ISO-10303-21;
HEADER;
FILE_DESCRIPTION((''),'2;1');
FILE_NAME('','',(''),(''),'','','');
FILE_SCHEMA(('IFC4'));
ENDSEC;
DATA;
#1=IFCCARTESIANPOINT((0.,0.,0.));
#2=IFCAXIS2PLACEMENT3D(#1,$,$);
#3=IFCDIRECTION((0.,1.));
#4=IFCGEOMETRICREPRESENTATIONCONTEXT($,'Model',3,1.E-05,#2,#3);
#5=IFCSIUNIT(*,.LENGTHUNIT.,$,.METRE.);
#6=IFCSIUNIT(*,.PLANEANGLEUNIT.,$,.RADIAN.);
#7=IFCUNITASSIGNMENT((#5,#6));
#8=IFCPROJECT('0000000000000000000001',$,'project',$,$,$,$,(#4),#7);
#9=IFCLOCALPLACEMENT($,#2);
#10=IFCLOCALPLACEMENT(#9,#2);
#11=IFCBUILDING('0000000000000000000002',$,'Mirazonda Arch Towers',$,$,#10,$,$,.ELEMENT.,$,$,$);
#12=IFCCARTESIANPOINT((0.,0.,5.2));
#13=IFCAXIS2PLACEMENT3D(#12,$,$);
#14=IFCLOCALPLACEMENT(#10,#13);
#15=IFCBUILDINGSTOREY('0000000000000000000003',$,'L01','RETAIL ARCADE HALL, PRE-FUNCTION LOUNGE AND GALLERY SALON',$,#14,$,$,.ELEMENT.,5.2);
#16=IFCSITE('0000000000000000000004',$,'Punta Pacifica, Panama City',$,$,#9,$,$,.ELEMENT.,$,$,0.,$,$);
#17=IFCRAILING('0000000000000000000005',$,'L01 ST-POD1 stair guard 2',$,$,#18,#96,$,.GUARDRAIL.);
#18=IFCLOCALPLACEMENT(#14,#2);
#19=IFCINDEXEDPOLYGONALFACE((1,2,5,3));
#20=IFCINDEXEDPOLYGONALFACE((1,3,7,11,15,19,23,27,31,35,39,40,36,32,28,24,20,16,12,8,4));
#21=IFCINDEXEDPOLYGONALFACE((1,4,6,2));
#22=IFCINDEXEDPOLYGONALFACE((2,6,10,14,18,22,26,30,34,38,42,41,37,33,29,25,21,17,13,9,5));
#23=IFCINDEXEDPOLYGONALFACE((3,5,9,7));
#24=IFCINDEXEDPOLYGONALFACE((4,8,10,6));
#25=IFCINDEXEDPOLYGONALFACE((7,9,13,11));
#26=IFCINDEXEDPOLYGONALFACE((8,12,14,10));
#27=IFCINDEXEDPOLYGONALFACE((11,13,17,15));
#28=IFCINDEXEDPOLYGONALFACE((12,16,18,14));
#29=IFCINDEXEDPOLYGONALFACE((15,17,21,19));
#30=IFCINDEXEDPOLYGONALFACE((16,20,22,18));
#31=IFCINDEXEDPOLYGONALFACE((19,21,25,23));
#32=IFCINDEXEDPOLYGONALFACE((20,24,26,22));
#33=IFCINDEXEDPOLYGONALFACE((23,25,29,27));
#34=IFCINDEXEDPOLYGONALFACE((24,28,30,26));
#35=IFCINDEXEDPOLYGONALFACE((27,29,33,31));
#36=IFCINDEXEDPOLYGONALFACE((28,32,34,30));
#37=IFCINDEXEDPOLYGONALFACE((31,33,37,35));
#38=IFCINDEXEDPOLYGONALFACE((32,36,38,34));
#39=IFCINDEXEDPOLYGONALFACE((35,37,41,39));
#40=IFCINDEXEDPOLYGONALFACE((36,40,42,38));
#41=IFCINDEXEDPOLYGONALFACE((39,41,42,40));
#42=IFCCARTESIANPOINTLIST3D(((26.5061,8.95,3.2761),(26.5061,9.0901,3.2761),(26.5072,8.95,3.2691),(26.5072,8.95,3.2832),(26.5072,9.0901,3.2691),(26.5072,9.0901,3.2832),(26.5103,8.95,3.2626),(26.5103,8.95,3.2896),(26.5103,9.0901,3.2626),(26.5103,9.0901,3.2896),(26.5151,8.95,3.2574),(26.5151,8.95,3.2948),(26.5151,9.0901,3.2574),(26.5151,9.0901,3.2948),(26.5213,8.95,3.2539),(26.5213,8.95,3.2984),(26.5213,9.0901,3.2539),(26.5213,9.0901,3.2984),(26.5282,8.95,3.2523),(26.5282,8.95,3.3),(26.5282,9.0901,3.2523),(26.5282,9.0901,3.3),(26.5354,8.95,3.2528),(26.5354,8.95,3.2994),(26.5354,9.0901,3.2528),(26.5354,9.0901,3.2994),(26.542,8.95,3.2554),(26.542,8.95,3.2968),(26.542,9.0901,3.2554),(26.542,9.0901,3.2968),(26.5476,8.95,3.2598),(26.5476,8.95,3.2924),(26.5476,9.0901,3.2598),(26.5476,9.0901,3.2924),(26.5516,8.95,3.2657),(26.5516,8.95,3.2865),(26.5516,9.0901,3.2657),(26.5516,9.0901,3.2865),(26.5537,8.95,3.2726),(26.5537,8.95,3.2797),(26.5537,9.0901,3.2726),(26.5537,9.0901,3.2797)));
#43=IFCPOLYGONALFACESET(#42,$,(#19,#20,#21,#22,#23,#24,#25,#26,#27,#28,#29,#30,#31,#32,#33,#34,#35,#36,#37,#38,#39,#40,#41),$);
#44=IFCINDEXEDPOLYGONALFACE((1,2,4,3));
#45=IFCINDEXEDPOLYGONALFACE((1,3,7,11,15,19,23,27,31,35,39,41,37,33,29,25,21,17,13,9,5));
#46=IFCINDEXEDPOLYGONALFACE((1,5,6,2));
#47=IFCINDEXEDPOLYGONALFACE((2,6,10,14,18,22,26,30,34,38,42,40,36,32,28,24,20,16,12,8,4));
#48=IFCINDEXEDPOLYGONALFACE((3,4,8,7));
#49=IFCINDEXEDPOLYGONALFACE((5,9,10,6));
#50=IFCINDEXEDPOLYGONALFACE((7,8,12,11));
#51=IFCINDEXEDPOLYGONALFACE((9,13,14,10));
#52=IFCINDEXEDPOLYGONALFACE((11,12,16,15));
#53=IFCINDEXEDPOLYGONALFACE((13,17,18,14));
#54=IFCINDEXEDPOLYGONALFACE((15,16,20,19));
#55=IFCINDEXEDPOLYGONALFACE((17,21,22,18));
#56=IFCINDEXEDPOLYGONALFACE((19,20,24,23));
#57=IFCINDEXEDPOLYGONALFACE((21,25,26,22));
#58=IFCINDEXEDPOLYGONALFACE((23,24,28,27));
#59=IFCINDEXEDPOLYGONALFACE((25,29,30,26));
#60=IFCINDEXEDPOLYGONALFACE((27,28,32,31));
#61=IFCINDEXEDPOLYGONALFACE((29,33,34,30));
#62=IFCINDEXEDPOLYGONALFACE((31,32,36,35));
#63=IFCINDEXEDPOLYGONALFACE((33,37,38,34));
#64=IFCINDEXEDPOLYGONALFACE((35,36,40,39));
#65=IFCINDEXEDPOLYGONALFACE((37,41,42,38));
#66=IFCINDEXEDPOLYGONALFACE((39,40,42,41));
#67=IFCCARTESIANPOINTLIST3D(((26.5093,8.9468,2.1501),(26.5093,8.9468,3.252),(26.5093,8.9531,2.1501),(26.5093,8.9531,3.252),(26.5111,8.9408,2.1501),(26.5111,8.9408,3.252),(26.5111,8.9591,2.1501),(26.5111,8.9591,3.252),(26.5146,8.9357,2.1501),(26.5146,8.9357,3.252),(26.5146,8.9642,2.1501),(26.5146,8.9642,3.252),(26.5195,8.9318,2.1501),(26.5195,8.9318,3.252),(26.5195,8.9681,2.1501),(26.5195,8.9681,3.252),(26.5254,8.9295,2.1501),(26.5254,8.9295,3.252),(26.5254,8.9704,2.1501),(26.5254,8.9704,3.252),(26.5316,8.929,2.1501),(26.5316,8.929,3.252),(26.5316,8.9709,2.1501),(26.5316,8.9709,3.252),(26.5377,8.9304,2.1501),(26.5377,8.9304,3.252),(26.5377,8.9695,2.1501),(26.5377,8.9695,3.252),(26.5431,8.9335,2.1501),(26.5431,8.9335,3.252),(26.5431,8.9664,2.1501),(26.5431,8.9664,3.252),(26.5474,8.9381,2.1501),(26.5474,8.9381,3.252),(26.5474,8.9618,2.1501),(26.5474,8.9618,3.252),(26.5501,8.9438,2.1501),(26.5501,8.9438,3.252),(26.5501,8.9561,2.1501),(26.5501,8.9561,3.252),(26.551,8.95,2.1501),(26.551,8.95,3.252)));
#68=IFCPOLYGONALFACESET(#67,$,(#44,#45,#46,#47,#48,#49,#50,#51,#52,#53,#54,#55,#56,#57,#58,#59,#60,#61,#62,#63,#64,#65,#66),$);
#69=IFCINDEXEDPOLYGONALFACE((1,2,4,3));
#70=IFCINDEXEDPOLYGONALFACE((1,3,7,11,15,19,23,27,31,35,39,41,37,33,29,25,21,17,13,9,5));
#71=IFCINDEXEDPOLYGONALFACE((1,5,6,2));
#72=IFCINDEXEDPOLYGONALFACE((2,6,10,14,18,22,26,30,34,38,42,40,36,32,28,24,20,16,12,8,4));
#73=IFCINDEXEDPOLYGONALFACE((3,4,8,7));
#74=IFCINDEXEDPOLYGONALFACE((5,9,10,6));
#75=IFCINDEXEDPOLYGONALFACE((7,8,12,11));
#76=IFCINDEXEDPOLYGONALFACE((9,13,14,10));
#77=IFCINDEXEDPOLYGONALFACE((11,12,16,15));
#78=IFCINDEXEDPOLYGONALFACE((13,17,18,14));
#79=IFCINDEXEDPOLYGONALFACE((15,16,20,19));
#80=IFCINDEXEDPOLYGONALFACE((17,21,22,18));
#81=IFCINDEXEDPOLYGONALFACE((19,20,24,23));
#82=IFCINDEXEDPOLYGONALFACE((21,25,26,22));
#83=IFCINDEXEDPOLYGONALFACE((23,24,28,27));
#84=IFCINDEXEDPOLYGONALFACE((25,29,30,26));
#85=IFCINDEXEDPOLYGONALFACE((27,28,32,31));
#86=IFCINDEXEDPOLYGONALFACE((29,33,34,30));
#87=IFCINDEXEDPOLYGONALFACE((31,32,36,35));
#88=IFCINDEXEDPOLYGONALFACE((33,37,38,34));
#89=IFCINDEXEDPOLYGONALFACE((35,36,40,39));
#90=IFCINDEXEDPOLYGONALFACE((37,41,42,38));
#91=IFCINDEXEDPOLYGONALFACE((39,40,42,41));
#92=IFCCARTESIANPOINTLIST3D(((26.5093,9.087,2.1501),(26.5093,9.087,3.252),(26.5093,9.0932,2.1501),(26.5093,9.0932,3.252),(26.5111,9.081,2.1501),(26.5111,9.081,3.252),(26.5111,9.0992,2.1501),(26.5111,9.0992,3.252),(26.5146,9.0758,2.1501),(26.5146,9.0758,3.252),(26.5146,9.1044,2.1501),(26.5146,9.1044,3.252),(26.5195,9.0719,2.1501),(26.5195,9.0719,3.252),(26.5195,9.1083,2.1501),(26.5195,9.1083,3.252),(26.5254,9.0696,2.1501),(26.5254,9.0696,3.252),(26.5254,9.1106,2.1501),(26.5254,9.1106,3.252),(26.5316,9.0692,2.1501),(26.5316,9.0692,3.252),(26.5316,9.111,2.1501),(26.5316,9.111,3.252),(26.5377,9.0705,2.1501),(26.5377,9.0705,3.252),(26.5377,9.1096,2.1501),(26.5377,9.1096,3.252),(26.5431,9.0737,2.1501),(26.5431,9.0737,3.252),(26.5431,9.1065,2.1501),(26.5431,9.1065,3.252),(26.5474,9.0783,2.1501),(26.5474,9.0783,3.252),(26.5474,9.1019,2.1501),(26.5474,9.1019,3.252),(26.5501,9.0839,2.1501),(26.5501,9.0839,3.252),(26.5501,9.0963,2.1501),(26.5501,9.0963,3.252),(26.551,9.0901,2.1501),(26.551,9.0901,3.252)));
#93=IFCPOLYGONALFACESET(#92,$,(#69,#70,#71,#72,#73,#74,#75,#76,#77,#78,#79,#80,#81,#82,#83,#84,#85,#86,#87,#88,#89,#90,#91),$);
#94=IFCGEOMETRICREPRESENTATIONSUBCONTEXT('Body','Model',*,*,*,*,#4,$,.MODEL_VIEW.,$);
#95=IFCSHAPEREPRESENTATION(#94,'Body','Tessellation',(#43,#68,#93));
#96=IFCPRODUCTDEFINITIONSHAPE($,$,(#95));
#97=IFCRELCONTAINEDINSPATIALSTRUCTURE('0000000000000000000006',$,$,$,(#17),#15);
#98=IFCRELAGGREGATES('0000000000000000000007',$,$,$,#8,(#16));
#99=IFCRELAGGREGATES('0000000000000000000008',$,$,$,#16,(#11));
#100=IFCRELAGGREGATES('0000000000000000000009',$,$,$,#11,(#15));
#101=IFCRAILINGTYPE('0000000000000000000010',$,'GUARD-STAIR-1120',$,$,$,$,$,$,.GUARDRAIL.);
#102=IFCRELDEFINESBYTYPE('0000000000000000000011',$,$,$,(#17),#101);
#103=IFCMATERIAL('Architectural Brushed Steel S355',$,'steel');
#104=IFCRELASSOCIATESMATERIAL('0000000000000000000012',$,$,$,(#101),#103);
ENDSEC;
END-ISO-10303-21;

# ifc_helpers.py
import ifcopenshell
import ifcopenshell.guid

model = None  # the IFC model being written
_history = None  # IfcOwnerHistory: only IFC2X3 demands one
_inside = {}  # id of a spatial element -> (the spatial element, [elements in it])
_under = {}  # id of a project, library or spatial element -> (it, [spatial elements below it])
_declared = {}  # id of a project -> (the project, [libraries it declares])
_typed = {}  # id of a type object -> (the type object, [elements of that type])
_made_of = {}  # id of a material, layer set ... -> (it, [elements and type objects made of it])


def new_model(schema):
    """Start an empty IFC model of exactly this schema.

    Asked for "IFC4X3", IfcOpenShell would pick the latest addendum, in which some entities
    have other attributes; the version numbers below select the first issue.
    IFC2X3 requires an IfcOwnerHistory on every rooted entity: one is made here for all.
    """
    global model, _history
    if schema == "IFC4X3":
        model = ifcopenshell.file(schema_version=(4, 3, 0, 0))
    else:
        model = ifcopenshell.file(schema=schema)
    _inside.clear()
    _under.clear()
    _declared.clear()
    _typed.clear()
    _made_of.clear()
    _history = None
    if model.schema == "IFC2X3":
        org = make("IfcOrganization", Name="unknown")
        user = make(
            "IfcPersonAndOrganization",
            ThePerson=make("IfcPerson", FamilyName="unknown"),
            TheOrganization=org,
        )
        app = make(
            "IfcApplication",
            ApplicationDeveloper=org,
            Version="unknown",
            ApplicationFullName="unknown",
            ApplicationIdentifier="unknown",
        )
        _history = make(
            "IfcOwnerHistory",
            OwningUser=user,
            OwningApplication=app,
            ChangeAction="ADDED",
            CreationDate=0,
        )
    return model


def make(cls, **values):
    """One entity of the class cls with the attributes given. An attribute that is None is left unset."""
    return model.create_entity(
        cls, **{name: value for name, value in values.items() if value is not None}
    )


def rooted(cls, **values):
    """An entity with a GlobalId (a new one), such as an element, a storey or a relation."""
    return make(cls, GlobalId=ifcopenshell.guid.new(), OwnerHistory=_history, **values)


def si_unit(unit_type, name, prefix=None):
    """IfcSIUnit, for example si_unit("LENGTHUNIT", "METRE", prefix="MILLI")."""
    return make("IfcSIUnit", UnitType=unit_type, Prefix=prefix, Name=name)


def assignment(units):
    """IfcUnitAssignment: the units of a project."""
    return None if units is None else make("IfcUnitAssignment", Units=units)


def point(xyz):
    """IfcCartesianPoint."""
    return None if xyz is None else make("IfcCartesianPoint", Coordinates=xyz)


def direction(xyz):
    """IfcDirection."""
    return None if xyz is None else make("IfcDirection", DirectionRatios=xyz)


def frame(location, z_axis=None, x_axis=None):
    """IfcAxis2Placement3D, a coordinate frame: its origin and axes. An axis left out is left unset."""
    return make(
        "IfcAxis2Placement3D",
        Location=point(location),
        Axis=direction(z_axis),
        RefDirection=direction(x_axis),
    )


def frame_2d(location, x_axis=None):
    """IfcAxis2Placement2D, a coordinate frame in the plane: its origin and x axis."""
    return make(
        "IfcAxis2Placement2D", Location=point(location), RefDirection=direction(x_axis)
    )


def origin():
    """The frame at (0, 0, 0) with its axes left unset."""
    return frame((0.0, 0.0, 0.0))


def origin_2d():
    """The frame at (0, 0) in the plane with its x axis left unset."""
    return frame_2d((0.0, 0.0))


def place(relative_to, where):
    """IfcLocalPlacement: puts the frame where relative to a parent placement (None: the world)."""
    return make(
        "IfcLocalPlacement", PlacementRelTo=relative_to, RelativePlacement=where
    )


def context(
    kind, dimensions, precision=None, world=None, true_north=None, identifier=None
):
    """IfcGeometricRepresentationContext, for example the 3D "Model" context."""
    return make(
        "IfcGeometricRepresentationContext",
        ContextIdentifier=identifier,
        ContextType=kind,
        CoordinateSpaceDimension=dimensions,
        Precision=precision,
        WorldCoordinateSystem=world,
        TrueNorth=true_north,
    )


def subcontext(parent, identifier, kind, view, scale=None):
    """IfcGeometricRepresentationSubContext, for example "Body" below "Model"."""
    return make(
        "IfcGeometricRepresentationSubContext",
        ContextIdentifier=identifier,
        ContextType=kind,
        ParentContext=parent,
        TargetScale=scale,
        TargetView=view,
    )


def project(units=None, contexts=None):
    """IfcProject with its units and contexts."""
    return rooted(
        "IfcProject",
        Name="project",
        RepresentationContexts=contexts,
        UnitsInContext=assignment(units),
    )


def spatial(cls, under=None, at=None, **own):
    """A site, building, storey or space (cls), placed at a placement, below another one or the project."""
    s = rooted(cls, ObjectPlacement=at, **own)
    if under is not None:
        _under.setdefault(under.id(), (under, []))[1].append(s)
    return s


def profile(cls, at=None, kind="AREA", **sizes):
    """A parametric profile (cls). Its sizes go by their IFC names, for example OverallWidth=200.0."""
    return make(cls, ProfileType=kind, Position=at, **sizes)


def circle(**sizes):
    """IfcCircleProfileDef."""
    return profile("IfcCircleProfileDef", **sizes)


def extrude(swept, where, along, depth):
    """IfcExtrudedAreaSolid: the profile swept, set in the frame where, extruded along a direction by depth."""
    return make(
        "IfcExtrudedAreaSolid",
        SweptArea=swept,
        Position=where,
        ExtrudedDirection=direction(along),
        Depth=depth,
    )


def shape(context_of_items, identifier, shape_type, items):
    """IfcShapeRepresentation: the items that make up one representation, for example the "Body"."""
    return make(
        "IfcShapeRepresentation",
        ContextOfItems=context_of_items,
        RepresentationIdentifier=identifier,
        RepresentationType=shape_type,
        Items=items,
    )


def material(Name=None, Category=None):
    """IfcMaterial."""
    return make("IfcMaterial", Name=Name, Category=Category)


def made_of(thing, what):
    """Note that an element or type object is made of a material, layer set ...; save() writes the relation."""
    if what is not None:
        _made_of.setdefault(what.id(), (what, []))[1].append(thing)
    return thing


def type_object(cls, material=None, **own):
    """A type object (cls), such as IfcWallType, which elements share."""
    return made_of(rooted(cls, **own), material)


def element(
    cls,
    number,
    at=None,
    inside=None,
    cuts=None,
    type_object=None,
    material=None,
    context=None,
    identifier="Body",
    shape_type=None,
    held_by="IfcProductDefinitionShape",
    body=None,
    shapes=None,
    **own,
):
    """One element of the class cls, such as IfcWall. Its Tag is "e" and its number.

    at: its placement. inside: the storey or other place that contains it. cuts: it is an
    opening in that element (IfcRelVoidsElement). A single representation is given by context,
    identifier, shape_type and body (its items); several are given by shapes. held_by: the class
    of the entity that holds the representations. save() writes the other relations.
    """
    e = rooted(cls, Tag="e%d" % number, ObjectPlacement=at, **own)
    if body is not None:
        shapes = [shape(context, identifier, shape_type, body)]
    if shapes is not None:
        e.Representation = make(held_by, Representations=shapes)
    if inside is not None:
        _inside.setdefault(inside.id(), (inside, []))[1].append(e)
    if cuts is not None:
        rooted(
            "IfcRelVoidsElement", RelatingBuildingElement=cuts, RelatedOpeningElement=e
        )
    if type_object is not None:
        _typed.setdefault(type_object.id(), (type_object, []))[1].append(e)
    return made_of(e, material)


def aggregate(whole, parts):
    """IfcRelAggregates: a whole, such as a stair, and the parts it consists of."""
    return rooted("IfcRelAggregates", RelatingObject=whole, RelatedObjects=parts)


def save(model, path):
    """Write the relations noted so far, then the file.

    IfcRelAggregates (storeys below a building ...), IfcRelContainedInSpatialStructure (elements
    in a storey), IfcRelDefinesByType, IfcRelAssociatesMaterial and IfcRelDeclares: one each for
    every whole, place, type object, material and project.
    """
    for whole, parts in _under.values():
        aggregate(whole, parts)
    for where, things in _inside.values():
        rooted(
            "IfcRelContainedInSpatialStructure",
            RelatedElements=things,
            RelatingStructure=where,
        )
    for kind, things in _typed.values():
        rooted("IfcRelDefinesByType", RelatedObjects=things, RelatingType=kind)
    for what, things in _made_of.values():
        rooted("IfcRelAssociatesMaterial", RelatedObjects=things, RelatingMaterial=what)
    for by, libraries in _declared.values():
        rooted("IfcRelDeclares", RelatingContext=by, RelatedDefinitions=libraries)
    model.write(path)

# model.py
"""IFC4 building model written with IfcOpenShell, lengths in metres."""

from ifc_helpers import new_model, si_unit, direction, frame, origin, origin_2d, place, context, subcontext, project, spatial, circle, extrude, material, type_object, element, save


model = new_model("IFC4")

# Units and contexts
model_context = context("Model", 3, precision=1e-05, world=origin(), true_north=direction((0.0, 1.0)))
body_context = subcontext(model_context, "Body", "Model", "MODEL_VIEW")
ifc_project = project(units=[si_unit("LENGTHUNIT", "METRE"), si_unit("PLANEANGLEUNIT", "RADIAN")], contexts=[model_context])

# Site, building, storey
site_placement = place(None, origin())
site = spatial("IfcSite", under=ifc_project, at=site_placement, Name="Punta Pacifica, Panama City", CompositionType="ELEMENT", RefElevation=0.0)
building_placement = place(site_placement, origin())
building = spatial("IfcBuilding", under=site, at=building_placement, Name="Mirazonda Arch Towers", CompositionType="ELEMENT")
storey_placement = place(building_placement, frame((0.0, 0.0, 5.2)))
storey = spatial("IfcBuildingStorey", under=building, at=storey_placement, Name="L01", Description="RETAIL ARCADE HALL, PRE-FUNCTION LOUNGE AND GALLERY SALON", CompositionType="ELEMENT", Elevation=5.2)

# Railing
ifc_material_1 = material(Name="Architectural Brushed Steel S355", Category="steel")
railing_type_1 = type_object("IfcRailingType", Name="GUARD-STAIR-1120", PredefinedType="GUARDRAIL", material=ifc_material_1)
railing_1_placement = place(storey_placement, frame((26.53, 8.95, 2.1501)))
element("IfcRailing", 1, at=railing_1_placement, inside=storey, type_object=railing_type_1, Name="L01 ST-POD1 stair guard 2", PredefinedType="GUARDRAIL", context=body_context, shape_type="SweptSolid", body=[
    extrude(circle(Radius=0.0239, at=origin_2d()), frame((0.0, 0.0, 1.126), z_axis=(0.0, 1.0, 0.0), x_axis=(-1.0, 0.0, 0.0)), (0.0, 0.0, 1.0), 0.1401),
    extrude(circle(Radius=0.021, at=origin_2d()), origin(), (0.0, 0.0, 1.0), 1.1018),
    extrude(circle(Radius=0.021, at=origin_2d()), frame((0.0, 0.1401, 0.0)), (0.0, 0.0, 1.0), 1.1018),
])

save(model, "model.ifc")
